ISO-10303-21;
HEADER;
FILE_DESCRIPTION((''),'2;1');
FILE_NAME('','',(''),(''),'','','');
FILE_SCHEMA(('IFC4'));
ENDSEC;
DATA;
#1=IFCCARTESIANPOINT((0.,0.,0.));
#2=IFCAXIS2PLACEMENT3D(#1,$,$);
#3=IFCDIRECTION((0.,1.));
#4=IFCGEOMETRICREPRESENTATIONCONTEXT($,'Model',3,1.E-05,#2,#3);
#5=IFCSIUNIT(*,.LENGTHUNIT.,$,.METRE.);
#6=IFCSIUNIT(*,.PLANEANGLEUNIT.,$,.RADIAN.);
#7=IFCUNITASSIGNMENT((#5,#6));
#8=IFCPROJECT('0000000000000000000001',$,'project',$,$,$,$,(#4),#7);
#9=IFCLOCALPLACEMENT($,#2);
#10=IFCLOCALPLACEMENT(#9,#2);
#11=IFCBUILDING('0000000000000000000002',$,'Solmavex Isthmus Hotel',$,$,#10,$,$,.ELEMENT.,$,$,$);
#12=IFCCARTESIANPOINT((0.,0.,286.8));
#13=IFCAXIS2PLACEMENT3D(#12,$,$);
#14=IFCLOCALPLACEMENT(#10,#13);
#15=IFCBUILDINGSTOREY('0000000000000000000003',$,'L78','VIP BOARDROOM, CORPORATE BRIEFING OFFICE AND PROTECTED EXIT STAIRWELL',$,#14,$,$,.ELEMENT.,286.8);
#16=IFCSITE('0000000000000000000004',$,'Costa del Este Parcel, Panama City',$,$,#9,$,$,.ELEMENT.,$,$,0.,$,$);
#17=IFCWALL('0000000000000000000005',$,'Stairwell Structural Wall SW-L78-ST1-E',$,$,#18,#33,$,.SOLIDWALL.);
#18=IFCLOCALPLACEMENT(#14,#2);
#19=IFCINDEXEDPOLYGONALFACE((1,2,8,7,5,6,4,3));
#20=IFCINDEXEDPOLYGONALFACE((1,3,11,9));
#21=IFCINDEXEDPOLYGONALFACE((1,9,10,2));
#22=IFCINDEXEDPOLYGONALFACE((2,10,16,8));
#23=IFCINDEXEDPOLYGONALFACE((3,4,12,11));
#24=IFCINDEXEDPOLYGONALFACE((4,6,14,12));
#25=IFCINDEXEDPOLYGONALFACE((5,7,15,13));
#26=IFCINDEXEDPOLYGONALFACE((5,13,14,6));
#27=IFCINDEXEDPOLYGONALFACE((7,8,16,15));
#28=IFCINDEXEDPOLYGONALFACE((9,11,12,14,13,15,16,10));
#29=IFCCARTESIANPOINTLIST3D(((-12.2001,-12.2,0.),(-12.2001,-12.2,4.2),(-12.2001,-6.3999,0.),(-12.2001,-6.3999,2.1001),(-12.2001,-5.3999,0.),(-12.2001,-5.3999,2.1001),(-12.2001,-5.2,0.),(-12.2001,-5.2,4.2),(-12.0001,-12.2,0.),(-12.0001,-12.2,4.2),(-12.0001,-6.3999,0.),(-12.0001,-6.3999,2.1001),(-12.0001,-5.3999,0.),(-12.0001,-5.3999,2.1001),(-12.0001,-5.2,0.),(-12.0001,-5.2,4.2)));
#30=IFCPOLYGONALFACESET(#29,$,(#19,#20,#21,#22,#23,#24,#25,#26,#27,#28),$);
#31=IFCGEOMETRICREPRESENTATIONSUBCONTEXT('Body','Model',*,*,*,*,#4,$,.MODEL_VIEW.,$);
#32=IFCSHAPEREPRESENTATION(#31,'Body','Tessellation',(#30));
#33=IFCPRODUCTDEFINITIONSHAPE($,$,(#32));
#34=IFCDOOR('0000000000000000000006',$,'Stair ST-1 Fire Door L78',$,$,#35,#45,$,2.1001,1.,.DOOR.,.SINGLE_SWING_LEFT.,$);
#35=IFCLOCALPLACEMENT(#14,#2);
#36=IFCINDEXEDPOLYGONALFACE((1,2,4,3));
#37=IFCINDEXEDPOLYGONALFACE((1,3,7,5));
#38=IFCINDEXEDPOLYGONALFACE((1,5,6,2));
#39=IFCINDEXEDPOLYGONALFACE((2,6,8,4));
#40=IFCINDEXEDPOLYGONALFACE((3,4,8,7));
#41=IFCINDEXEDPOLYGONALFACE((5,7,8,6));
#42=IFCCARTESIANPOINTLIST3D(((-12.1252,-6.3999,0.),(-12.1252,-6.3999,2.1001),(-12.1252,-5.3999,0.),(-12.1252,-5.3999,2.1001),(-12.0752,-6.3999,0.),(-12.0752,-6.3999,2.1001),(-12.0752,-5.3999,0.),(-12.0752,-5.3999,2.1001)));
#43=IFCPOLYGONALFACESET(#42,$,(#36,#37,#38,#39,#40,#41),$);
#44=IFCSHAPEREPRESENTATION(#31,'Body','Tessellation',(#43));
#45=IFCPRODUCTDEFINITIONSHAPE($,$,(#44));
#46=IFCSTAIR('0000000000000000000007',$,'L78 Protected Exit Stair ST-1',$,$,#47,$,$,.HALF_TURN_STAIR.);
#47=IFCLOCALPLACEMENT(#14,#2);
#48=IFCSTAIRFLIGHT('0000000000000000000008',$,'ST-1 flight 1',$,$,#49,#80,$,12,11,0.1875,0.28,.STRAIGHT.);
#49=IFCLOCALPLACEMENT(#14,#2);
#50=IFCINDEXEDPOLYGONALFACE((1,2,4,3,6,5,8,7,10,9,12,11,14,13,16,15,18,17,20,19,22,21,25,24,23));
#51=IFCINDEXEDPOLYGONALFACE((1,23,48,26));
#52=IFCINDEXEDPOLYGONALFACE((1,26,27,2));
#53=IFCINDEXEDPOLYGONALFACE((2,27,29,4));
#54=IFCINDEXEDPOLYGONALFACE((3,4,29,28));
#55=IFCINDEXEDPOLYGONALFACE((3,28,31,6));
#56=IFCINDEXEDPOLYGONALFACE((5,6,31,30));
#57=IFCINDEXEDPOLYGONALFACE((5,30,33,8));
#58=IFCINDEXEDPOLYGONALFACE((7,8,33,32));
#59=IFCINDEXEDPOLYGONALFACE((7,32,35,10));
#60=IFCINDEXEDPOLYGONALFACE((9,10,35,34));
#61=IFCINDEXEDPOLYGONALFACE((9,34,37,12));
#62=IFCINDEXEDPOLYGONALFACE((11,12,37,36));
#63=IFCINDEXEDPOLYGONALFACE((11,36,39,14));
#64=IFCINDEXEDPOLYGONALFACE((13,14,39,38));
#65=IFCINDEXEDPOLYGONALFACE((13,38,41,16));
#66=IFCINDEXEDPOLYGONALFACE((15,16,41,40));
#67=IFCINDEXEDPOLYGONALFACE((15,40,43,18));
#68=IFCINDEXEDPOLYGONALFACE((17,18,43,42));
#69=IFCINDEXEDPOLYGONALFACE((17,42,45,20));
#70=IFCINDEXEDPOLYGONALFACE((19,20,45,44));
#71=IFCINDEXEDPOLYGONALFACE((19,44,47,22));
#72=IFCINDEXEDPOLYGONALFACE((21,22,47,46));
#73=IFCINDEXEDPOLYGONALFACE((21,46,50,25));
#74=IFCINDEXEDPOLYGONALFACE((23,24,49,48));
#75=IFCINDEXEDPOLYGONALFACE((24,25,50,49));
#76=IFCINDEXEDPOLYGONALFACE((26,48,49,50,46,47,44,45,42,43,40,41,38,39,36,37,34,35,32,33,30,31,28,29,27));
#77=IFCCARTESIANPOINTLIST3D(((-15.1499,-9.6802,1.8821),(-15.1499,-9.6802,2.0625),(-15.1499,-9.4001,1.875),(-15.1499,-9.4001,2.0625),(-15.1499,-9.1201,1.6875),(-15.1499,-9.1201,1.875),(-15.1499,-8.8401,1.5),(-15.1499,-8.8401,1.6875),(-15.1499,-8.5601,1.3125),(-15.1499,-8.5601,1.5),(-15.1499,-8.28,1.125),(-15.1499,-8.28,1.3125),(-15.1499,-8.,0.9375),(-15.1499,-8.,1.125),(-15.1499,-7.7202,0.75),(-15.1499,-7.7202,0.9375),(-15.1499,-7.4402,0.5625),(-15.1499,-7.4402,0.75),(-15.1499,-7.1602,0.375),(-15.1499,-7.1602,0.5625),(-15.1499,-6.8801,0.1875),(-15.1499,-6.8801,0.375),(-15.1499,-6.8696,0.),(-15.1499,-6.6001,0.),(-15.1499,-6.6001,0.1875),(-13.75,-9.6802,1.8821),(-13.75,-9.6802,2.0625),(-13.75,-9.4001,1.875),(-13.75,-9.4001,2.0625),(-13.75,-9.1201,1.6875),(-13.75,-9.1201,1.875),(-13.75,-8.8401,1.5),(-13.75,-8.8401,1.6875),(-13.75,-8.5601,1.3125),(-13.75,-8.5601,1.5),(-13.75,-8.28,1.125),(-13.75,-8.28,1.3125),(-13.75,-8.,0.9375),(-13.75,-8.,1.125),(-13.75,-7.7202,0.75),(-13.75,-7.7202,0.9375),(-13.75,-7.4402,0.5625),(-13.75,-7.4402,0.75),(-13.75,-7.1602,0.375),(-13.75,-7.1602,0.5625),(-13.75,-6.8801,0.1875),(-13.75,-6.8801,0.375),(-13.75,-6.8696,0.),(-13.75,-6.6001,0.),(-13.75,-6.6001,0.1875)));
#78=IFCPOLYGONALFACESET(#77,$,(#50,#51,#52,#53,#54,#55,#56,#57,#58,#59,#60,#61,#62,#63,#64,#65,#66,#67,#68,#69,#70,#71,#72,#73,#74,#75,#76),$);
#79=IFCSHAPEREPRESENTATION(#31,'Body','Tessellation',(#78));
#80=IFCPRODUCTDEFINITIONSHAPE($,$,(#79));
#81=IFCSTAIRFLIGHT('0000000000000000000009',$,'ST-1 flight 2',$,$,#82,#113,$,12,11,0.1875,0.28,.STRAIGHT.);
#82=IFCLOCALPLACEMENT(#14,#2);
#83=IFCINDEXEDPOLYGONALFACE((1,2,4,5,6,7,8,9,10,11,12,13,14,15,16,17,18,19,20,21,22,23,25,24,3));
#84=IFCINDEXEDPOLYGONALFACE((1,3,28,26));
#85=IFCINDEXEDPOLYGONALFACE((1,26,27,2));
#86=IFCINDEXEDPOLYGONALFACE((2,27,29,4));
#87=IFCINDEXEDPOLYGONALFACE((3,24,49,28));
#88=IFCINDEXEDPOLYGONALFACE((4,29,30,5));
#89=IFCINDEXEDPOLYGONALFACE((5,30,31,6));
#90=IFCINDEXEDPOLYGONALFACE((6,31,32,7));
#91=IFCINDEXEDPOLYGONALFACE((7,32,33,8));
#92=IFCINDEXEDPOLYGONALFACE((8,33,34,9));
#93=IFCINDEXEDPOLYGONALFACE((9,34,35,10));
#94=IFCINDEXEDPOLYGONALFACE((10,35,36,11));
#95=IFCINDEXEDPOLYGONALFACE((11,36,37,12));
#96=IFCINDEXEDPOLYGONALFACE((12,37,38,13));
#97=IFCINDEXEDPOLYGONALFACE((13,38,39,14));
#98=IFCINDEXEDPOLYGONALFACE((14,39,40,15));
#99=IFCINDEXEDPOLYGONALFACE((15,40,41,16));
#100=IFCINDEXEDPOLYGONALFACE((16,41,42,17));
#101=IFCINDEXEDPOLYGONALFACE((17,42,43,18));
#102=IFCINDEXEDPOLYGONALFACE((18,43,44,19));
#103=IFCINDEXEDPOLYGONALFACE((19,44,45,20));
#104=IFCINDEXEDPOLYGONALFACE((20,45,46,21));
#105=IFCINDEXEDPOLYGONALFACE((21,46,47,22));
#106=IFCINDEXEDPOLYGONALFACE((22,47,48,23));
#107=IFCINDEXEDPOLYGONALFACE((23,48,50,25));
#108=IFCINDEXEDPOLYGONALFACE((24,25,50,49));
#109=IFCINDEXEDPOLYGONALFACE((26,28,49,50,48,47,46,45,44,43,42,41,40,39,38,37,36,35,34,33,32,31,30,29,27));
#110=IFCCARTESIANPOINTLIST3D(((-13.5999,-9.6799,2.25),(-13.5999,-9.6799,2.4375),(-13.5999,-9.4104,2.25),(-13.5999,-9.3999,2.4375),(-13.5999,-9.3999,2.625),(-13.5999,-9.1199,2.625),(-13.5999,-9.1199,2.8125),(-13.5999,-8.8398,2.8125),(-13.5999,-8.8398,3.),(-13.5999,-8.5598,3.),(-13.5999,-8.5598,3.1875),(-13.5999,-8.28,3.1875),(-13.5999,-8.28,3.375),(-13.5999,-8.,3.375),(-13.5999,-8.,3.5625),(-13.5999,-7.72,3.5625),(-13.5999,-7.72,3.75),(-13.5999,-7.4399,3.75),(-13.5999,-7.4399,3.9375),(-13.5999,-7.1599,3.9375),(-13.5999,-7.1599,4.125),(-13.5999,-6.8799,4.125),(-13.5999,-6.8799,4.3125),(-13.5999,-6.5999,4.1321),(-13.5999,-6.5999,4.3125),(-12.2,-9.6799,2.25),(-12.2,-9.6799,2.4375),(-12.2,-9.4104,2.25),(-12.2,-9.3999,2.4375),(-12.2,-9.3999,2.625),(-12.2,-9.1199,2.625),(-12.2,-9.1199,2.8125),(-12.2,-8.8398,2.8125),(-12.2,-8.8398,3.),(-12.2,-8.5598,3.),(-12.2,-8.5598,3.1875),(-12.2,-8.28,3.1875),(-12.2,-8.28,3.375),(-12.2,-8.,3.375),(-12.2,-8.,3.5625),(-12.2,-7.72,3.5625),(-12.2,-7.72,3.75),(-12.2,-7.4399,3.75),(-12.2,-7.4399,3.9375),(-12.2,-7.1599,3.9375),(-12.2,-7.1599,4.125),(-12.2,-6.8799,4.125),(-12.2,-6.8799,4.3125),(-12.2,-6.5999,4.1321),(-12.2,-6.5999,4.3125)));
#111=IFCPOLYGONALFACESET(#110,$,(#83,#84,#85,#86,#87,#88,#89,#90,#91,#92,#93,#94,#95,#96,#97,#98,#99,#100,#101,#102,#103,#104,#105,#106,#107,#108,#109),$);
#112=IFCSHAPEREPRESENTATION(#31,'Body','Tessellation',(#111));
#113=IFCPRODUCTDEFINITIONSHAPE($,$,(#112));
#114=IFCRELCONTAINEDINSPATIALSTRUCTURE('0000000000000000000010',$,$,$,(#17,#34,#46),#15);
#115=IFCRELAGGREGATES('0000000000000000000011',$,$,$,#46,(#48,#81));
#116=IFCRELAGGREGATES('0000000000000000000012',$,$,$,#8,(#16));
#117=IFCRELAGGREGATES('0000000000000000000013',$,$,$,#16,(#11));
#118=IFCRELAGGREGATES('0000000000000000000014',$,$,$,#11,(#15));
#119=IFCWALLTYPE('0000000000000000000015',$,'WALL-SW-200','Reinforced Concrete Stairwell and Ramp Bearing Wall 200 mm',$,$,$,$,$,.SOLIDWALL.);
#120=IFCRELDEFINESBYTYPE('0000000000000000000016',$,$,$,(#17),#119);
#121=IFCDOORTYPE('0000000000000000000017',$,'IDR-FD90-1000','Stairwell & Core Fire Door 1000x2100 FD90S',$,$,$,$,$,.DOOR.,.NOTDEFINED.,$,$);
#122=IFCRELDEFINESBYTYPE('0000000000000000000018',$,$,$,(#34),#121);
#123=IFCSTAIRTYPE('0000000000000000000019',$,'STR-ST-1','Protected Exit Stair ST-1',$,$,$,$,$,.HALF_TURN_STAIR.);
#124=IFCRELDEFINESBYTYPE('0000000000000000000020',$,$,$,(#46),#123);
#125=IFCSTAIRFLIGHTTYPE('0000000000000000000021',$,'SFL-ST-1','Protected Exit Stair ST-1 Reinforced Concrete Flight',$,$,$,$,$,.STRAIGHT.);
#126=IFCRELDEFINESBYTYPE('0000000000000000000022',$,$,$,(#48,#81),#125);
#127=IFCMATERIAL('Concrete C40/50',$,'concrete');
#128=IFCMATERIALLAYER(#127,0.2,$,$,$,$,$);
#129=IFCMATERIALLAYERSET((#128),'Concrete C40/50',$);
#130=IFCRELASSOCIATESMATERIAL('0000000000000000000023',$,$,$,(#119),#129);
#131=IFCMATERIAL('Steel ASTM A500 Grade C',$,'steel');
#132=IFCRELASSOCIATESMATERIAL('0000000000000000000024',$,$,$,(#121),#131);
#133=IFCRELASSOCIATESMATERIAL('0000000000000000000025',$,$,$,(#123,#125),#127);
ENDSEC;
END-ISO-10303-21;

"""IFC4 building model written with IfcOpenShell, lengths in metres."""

from ifc_helpers import new_model, si_unit, direction, frame, frame_2d, origin, place, context, subcontext, project, spatial, polyline, rectangle, outline, extrude, material, layer, layer_set, type_object, element, fill, aggregate, save


model = new_model("IFC4")

# Units and contexts
model_context = context("Model", 3, precision=1e-05, world=origin(), true_north=direction((0.0, 1.0)))
body_context = subcontext(model_context, "Body", "Model", "MODEL_VIEW")
ifc_project = project(units=[si_unit("LENGTHUNIT", "METRE"), si_unit("PLANEANGLEUNIT", "RADIAN")], contexts=[model_context])

# Site, building, storey
site_placement = place(None, origin())
site = spatial("IfcSite", under=ifc_project, at=site_placement, Name="Costa del Este Parcel, Panama City", CompositionType="ELEMENT", RefElevation=0.0)
building_placement = place(site_placement, origin())
building = spatial("IfcBuilding", under=site, at=building_placement, Name="Solmavex Isthmus Hotel", CompositionType="ELEMENT")
storey_placement = place(building_placement, frame((0.0, 0.0, 286.8)))
storey = spatial("IfcBuildingStorey", under=building, at=storey_placement, Name="L78", Description="VIP BOARDROOM, CORPORATE BRIEFING OFFICE AND PROTECTED EXIT STAIRWELL", CompositionType="ELEMENT", Elevation=286.8)

# Shared definitions
ifc_material_1 = material(Name="Steel ASTM A500 Grade C", Category="steel")
ifc_material_2 = material(Name="Concrete C40/50", Category="concrete")

# Shared definitions
ifc_layer_1 = layer(ifc_material_2, 0.2)
ifc_layer_set_1 = layer_set([ifc_layer_1], Name="Concrete C40/50")
wall_type_1 = type_object("IfcWallType", Name="WALL-SW-200", Description="Reinforced Concrete Stairwell and Ramp Bearing Wall 200 mm", PredefinedType="SOLIDWALL", material=ifc_layer_set_1)

# Wall, opening, door
wall_1_placement = place(storey_placement, frame((-12.1001, -12.2, 0.0), z_axis=(0.0, 0.0, 1.0), x_axis=(0.0, 1.0, 0.0)))
wall_1 = element("IfcWall", 1, at=wall_1_placement, inside=storey, type_object=wall_type_1, Name="Stairwell Structural Wall SW-L78-ST1-E", PredefinedType="SOLIDWALL", context=body_context, shape_type="SweptSolid", body=[
    extrude(rectangle(XDim=7.0, YDim=0.2, at=frame_2d((3.5, 0.0))), origin(), (0.0, 0.0, 1.0), 4.2),
])
opening_1_placement = place(wall_1_placement, frame((5.8, 0.0, 0.0)))
opening_1 = element("IfcOpeningElement", 2, at=opening_1_placement, cuts=wall_1, PredefinedType="OPENING", context=body_context, shape_type="SweptSolid", body=[
    extrude(rectangle(XDim=1.0, YDim=2.1001, at=frame_2d((0.5, 1.05))), frame((0.0, 0.1099, 0.0), z_axis=(0.0, -1.0, 0.0), x_axis=(1.0, 0.0, 0.0)), (0.0, 0.0, 1.0), 0.22),
])
door_type_1 = type_object("IfcDoorType", Name="IDR-FD90-1000", Description="Stairwell & Core Fire Door 1000x2100 FD90S", OperationType="NOTDEFINED", PredefinedType="DOOR", material=ifc_material_1)
door_1_placement = place(opening_1_placement, frame((1.0, 0.0, 0.0), z_axis=(0.0, 0.0, 1.0), x_axis=(-1.0, 0.0, 0.0)))
door_1 = element("IfcDoor", 3, at=door_1_placement, inside=storey, type_object=door_type_1, Name="Stair ST-1 Fire Door L78", OperationType="SINGLE_SWING_LEFT", OverallHeight=2.1001, OverallWidth=1.0, PredefinedType="DOOR", context=body_context, shape_type="SweptSolid", body=[
    extrude(rectangle(XDim=1.0, YDim=2.1001, at=frame_2d((0.5, 1.05))), frame((0.0, 0.0249, 0.0), z_axis=(0.0, -1.0, 0.0), x_axis=(1.0, 0.0, 0.0)), (0.0, 0.0, 1.0), 0.05),
])
fill(opening_1, door_1)

# Stair, stair flights
stair_type = type_object("IfcStairType", Name="STR-ST-1", Description="Protected Exit Stair ST-1", PredefinedType="HALF_TURN_STAIR", material=ifc_material_2)
stair_placement = place(storey_placement, origin())
stair = element("IfcStair", 4, at=stair_placement, inside=storey, type_object=stair_type, Name="L78 Protected Exit Stair ST-1", PredefinedType="HALF_TURN_STAIR")
stair_flight_type = type_object("IfcStairFlightType", Name="SFL-ST-1", Description="Protected Exit Stair ST-1 Reinforced Concrete Flight", PredefinedType="STRAIGHT", material=ifc_material_2)
stair_flight_1_placement = place(storey_placement, frame((-14.45, -6.6001, 0.0), z_axis=(0.0, 0.0, 1.0), x_axis=(0.0, -1.0, 0.0)))
stair_flight_1 = element("IfcStairFlight", 5, at=stair_flight_1_placement, type_object=stair_flight_type, Name="ST-1 flight 1", NumberOfRisers=12, NumberOfTreads=11, PredefinedType="STRAIGHT", RiserHeight=0.1875, TreadLength=0.28, context=body_context, shape_type="SweptSolid", body=[
    extrude(outline(polyline([(0.0, 0.0), (0.0, 0.1875), (0.28, 0.1875), (0.28, 0.375), (0.5601, 0.375), (0.5601, 0.5625), (0.8401, 0.5625), (0.8401, 0.75), (1.1201, 0.75), (1.1201, 0.9375), (1.3999, 0.9375), (1.3999, 1.125), (1.6799, 1.125), (1.6799, 1.3125), (1.96, 1.3125), (1.96, 1.5), (2.24, 1.5), (2.24, 1.6875), (2.52, 1.6875), (2.52, 1.875), (2.8, 1.875), (2.8, 2.0625), (3.0801, 2.0625), (3.0801, 2.25), (3.0801, 1.8821), (0.2695, 0.0), (0.0, 0.0)])), frame((0.0, 0.7, 0.0), z_axis=(0.0, -1.0, 0.0), x_axis=(1.0, 0.0, 0.0)), (0.0, 0.0, 1.0), 1.3999),
])
stair_flight_2_placement = place(storey_placement, frame((-12.8999, -9.6799, 2.25), z_axis=(0.0, 0.0, 1.0), x_axis=(0.0, 1.0, 0.0)))
stair_flight_2 = element("IfcStairFlight", 6, at=stair_flight_2_placement, type_object=stair_flight_type, Name="ST-1 flight 2", NumberOfRisers=12, NumberOfTreads=11, PredefinedType="STRAIGHT", RiserHeight=0.1875, TreadLength=0.28, context=body_context, shape_type="SweptSolid", body=[
    extrude(outline(polyline([(0.0, 0.0), (0.0, 0.1875), (0.28, 0.1875), (0.28, 0.375), (0.5601, 0.375), (0.5601, 0.5625), (0.8401, 0.5625), (0.8401, 0.75), (1.1201, 0.75), (1.1201, 0.9375), (1.3999, 0.9375), (1.3999, 1.125), (1.6799, 1.125), (1.6799, 1.3125), (1.96, 1.3125), (1.96, 1.5), (2.24, 1.5), (2.24, 1.6875), (2.52, 1.6875), (2.52, 1.875), (2.8, 1.875), (2.8, 2.0625), (3.0801, 2.0625), (3.0801, 2.25), (3.0801, 1.8821), (0.2695, 0.0), (0.0, 0.0)])), frame((0.0, 0.7, 0.0), z_axis=(0.0, -1.0, 0.0), x_axis=(1.0, 0.0, 0.0)), (0.0, 0.0, 1.0), 1.3999),
])
aggregate(stair, [stair_flight_1, stair_flight_2])

save(model, "model.ifc")
